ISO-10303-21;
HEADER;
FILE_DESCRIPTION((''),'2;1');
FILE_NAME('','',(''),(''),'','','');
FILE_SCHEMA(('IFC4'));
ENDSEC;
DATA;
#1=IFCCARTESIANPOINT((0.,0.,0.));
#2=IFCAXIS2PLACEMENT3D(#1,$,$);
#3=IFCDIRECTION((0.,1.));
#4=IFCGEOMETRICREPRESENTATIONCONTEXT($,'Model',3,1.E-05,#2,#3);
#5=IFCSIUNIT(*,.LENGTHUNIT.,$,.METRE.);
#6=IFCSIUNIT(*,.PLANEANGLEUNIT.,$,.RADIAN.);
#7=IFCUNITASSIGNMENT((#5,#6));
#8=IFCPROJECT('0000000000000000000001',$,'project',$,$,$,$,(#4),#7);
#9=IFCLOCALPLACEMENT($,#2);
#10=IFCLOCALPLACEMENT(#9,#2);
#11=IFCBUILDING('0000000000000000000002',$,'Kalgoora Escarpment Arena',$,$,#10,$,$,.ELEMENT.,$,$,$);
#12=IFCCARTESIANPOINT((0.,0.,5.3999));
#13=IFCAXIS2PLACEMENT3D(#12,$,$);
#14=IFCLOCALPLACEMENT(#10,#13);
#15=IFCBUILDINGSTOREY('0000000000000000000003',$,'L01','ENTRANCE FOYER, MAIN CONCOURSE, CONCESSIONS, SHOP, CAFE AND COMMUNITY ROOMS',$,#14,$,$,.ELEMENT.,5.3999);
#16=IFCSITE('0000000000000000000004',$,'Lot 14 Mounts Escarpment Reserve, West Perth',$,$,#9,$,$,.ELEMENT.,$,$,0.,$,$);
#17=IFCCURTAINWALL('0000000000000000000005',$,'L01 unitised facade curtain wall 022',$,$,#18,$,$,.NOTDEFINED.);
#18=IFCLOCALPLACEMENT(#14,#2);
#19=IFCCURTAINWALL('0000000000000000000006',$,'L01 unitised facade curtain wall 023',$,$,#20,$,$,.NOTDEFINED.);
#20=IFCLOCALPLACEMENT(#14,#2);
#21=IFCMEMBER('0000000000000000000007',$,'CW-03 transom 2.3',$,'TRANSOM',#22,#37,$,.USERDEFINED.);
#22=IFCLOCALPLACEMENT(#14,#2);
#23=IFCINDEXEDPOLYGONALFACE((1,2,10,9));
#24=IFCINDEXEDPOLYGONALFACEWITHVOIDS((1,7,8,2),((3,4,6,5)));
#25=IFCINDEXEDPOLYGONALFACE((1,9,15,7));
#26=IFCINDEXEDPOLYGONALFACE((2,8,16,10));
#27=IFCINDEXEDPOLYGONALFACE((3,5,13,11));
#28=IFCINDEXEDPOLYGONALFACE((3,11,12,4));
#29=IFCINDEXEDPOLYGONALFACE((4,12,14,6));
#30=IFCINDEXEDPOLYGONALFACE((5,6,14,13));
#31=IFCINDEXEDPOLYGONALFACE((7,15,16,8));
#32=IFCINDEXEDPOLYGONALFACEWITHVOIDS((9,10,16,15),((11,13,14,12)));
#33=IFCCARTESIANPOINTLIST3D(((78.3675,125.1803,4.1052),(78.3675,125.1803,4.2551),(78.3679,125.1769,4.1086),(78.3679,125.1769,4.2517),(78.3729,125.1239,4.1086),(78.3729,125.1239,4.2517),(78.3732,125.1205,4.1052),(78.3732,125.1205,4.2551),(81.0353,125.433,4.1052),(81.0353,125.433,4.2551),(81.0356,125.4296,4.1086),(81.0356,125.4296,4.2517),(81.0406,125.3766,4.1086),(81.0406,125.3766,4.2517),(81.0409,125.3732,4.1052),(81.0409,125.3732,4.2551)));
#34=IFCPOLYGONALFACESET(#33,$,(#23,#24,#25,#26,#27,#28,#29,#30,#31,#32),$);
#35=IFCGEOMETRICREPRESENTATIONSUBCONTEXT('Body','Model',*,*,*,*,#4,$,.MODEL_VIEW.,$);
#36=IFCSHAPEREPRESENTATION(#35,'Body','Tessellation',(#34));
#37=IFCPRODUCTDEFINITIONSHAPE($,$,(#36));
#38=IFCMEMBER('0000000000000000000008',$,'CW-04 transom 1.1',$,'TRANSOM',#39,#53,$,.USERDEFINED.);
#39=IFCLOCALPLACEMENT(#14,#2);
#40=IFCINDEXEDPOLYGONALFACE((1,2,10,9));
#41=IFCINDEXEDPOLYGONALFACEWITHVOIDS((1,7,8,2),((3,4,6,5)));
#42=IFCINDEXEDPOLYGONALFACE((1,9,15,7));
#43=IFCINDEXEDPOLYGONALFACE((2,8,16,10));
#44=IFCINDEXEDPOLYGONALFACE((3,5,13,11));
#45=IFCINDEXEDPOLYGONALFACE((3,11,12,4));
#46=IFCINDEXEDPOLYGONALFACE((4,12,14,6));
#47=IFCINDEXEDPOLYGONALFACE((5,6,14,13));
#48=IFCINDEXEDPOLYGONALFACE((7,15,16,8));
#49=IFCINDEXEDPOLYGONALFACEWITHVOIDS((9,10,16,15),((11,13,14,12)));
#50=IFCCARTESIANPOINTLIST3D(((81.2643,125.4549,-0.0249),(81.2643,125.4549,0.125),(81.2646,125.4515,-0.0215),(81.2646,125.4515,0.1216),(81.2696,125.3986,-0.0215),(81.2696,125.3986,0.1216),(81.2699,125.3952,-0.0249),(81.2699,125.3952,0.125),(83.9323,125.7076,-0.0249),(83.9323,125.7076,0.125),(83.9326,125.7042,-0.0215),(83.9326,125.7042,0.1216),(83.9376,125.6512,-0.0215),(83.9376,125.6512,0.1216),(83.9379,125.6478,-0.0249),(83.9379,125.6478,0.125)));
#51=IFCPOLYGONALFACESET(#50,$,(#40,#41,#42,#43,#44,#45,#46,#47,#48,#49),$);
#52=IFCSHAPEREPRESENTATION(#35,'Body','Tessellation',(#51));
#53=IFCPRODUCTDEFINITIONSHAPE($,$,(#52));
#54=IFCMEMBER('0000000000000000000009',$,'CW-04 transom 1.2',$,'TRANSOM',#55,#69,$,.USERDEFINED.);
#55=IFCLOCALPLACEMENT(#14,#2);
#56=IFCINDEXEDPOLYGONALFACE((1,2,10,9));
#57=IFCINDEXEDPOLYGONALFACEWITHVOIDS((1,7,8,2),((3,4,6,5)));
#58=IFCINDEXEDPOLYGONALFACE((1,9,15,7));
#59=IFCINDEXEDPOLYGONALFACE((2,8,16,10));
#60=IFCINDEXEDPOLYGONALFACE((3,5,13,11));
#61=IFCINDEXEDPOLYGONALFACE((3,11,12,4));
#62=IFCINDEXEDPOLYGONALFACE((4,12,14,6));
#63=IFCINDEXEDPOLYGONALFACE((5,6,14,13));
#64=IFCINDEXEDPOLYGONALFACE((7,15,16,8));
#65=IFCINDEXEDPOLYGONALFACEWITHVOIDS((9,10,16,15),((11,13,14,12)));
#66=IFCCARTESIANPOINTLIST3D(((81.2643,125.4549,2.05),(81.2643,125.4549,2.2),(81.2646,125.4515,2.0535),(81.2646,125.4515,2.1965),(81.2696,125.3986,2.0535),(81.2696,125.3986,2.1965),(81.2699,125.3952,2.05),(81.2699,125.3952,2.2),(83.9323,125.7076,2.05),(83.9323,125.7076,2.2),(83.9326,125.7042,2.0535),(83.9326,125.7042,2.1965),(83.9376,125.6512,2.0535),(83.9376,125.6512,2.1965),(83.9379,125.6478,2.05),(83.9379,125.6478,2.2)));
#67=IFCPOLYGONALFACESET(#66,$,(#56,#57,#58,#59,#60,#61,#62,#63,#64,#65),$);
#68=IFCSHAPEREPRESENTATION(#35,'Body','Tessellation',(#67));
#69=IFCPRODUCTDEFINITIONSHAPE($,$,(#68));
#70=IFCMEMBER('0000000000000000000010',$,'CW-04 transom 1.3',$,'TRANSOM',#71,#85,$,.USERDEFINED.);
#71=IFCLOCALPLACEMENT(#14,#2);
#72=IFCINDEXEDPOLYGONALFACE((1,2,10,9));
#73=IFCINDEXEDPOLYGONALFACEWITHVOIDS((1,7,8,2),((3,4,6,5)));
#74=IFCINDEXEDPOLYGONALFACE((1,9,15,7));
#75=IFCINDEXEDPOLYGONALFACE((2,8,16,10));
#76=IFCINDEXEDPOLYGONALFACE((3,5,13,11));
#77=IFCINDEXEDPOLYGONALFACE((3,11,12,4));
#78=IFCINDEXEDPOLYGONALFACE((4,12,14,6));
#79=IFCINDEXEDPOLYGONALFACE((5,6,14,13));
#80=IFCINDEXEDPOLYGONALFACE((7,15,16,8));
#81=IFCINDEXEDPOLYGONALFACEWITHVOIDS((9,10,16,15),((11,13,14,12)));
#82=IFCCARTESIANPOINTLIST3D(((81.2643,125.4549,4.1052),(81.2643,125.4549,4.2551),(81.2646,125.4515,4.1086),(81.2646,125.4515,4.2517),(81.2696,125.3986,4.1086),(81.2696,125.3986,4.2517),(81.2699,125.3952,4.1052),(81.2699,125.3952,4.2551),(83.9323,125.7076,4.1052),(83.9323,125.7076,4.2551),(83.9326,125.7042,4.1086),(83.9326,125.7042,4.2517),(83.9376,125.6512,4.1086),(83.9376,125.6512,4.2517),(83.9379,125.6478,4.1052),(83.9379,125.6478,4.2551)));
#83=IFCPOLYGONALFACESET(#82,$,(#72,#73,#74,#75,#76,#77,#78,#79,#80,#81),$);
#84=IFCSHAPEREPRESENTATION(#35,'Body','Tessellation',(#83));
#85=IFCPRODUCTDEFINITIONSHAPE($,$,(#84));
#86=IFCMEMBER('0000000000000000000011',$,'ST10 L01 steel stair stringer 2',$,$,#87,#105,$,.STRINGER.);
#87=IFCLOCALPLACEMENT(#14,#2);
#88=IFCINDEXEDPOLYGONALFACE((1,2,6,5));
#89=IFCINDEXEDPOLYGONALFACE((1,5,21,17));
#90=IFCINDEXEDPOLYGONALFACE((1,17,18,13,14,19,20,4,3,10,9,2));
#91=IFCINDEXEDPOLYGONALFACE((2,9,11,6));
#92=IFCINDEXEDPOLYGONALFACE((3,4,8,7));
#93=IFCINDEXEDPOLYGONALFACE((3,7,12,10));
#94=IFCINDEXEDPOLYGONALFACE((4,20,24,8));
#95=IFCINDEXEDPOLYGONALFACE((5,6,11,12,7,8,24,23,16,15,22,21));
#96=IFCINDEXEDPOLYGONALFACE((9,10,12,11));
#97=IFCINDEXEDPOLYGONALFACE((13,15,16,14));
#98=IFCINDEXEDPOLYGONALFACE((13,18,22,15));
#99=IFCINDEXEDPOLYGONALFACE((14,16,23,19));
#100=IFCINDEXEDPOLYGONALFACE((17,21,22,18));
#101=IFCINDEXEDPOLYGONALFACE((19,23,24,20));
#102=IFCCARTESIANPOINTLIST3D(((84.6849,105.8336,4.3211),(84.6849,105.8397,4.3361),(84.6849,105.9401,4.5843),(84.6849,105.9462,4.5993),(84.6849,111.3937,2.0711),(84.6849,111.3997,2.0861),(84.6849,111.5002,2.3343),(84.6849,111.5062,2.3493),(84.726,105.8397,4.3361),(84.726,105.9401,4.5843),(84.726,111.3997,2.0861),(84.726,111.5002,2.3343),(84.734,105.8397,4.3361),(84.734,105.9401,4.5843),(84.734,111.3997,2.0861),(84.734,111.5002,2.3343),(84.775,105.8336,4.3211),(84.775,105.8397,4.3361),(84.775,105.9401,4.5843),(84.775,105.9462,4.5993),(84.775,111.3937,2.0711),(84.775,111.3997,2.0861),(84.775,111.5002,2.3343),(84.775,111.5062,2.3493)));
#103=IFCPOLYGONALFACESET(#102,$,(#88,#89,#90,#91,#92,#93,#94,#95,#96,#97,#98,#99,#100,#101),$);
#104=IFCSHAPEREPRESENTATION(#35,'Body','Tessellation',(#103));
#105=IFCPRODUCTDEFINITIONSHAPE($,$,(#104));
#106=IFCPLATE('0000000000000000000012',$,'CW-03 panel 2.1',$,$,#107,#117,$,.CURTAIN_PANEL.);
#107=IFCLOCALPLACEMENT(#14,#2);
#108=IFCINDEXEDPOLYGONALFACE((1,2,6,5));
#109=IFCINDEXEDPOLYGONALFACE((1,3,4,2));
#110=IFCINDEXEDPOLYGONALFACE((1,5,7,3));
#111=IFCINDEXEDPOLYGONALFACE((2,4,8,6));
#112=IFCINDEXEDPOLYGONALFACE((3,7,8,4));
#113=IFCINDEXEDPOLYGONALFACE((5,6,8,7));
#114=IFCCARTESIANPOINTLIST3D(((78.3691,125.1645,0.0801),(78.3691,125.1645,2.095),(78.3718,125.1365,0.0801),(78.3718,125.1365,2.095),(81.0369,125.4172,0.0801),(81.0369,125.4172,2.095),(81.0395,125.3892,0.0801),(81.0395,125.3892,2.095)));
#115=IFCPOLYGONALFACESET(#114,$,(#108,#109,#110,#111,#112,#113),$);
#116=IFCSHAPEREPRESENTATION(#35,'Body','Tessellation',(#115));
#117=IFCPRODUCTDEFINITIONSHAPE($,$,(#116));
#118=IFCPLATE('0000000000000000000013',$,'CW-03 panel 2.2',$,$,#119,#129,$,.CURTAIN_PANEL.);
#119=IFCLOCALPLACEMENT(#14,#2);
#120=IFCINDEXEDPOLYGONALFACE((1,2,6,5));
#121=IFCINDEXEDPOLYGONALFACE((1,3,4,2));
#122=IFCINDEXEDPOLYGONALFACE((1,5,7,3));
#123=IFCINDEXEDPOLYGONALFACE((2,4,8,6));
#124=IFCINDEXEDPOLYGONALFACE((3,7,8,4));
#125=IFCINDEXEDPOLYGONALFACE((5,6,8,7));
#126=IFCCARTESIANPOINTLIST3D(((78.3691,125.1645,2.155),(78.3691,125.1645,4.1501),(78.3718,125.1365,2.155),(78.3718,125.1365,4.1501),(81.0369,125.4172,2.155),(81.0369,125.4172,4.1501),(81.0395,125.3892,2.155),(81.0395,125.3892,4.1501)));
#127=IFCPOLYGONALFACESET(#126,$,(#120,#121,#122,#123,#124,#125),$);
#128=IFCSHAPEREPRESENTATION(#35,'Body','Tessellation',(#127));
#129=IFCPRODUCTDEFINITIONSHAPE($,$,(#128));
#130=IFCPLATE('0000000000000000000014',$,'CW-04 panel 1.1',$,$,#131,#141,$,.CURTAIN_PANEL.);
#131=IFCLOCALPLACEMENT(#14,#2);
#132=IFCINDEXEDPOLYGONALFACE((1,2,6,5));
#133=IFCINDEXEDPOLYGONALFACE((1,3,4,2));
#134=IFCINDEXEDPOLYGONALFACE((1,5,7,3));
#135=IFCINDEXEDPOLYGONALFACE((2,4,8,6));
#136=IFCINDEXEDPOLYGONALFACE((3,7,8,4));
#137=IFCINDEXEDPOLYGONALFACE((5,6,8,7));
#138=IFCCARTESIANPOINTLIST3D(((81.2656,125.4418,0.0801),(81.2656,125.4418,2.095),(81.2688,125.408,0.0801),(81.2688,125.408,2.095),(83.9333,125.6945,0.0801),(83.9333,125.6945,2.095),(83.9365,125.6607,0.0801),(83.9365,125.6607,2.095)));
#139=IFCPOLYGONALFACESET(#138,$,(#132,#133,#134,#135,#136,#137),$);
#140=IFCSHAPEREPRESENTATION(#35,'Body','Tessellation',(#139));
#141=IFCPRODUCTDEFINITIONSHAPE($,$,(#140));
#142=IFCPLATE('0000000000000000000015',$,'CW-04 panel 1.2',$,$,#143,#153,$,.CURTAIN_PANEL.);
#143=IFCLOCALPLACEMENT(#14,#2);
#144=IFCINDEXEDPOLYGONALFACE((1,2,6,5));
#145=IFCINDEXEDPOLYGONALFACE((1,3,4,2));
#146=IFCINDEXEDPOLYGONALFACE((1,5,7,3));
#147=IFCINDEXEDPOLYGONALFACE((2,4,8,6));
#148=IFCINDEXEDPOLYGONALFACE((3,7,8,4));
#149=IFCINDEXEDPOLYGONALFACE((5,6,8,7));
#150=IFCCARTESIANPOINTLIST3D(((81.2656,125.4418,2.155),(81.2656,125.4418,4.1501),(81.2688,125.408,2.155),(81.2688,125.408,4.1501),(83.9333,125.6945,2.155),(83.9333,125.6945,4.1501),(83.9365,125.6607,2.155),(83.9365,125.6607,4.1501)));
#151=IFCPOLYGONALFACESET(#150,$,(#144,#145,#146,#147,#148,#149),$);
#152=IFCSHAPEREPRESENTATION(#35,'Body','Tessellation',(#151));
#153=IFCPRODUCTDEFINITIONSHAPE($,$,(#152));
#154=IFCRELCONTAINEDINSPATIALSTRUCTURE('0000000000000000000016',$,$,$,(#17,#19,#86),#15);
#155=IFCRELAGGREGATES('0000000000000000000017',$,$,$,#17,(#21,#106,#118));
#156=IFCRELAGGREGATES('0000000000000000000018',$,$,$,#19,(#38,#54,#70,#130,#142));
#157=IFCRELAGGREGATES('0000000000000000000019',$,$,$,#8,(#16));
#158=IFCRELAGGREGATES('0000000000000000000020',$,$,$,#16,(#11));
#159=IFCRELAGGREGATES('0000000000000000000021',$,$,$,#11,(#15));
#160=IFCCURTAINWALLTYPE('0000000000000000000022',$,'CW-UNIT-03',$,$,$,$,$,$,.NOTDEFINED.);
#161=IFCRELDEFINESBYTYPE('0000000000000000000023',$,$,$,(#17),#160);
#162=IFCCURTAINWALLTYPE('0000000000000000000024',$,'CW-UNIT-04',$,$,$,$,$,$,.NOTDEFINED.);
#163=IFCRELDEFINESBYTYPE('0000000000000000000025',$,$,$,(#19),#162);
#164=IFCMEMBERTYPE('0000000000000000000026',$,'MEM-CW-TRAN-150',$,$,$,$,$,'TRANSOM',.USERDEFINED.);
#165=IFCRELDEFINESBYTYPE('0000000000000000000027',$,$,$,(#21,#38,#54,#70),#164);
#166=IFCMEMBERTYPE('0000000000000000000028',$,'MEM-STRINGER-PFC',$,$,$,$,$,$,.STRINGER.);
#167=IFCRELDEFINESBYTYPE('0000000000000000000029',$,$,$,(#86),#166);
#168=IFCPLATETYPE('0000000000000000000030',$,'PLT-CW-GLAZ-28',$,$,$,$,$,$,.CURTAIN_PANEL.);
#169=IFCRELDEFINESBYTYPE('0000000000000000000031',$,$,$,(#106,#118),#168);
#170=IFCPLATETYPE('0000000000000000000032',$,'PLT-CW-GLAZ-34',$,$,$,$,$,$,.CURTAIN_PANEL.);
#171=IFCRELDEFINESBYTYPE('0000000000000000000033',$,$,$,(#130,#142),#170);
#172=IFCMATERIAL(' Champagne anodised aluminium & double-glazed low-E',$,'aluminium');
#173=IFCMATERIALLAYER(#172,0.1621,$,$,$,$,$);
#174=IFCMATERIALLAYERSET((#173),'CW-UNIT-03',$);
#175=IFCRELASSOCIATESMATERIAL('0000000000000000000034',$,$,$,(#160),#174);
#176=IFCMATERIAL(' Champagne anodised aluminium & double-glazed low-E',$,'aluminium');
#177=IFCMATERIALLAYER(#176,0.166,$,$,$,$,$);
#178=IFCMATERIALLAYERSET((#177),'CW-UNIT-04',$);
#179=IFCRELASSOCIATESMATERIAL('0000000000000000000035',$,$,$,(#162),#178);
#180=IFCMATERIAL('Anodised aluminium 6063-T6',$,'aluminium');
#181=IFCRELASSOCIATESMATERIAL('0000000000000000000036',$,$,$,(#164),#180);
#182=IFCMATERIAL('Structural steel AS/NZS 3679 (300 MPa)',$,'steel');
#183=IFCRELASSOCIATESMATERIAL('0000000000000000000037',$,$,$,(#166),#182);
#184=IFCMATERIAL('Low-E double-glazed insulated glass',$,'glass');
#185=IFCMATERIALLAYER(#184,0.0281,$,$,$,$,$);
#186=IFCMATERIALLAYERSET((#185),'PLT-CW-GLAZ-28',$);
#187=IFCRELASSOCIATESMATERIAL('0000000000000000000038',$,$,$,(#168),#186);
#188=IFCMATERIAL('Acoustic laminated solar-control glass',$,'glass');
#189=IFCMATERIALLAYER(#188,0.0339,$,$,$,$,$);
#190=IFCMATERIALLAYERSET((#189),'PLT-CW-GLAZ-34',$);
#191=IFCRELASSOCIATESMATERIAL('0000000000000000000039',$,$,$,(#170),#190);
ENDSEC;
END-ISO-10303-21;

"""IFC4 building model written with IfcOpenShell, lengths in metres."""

from ifc_helpers import new_model, si_unit, direction, frame, origin, origin_2d, place, context, subcontext, project, spatial, rectangle, hollow_rectangle, i_section, extrude, material, layer, layer_set, material_profile, profile_set, type_object, element, aggregate, save


model = new_model("IFC4")

# Units and contexts
model_context = context("Model", 3, precision=1e-05, world=origin(), true_north=direction((0.0, 1.0)))
body_context = subcontext(model_context, "Body", "Model", "MODEL_VIEW")
ifc_project = project(units=[si_unit("LENGTHUNIT", "METRE"), si_unit("PLANEANGLEUNIT", "RADIAN")], contexts=[model_context])

# Site, building, storey
site_placement = place(None, origin())
site = spatial("IfcSite", under=ifc_project, at=site_placement, Name="Lot 14 Mounts Escarpment Reserve, West Perth", CompositionType="ELEMENT", RefElevation=0.0)
building_placement = place(site_placement, origin())
building = spatial("IfcBuilding", under=site, at=building_placement, Name="Kalgoora Escarpment Arena", CompositionType="ELEMENT")
storey_placement = place(building_placement, frame((0.0, 0.0, 5.3999)))
storey = spatial("IfcBuildingStorey", under=building, at=storey_placement, Name="L01", Description="ENTRANCE FOYER, MAIN CONCOURSE, CONCESSIONS, SHOP, CAFE AND COMMUNITY ROOMS", CompositionType="ELEMENT", Elevation=5.3999)

# Curtain walls
ifc_material_1 = material(Name=" Champagne anodised aluminium & double-glazed low-E", Category="aluminium")
ifc_layer_1 = layer(ifc_material_1, 0.1621)
ifc_layer_set_1 = layer_set([ifc_layer_1], Name="CW-UNIT-03")
curtain_wall_type_1 = type_object("IfcCurtainWallType", Name="CW-UNIT-03", PredefinedType="NOTDEFINED", material=ifc_layer_set_1)
curtain_wall_1_placement = place(storey_placement, origin())
curtain_wall_1 = element("IfcCurtainWall", 1, at=curtain_wall_1_placement, inside=storey, type_object=curtain_wall_type_1, Name="L01 unitised facade curtain wall 022", PredefinedType="NOTDEFINED")
ifc_material_2 = material(Name=" Champagne anodised aluminium & double-glazed low-E", Category="aluminium")
ifc_layer_2 = layer(ifc_material_2, 0.166)
ifc_layer_set_2 = layer_set([ifc_layer_2], Name="CW-UNIT-04")
curtain_wall_type_2 = type_object("IfcCurtainWallType", Name="CW-UNIT-04", PredefinedType="NOTDEFINED", material=ifc_layer_set_2)
curtain_wall_2_placement = place(storey_placement, origin())
curtain_wall_2 = element("IfcCurtainWall", 2, at=curtain_wall_2_placement, inside=storey, type_object=curtain_wall_type_2, Name="L01 unitised facade curtain wall 023", PredefinedType="NOTDEFINED")

# Members
ifc_material_3 = material(Name="Anodised aluminium 6063-T6", Category="aluminium")
ifc_material_profile_1 = material_profile(ifc_material_3, hollow_rectangle(XDim=0.0601, YDim=0.1499, WallThickness=0.0034, at=origin_2d()))
ifc_profile_set_1 = profile_set([ifc_material_profile_1], Name="Anodised aluminium 6063-T6")
member_type_1 = type_object("IfcMemberType", Name="MEM-CW-TRAN-150", ElementType="TRANSOM", PredefinedType="USERDEFINED", material=ifc_profile_set_1)
member_1_placement = place(storey_placement, frame((78.3704, 125.1504, 4.1802), z_axis=(0.995544, 0.094297, 0.0), x_axis=(-0.094297, 0.995544, 0.0)))
member_1 = element("IfcMember", 3, at=member_1_placement, type_object=member_type_1, Name="CW-03 transom 2.3", ObjectType="TRANSOM", PredefinedType="USERDEFINED", context=body_context, shape_type="SweptSolid", body=[
    extrude(hollow_rectangle(XDim=0.0601, YDim=0.1499, WallThickness=0.0034, at=origin_2d()), origin(), (0.0, 0.0, 1.0), 2.6797),
])
member_2_placement = place(storey_placement, frame((81.2671, 125.425, 0.05), z_axis=(0.995545, 0.094289, 0.0), x_axis=(-0.094289, 0.995545, 0.0)))
member_2 = element("IfcMember", 4, at=member_2_placement, type_object=member_type_1, Name="CW-04 transom 1.1", ObjectType="TRANSOM", PredefinedType="USERDEFINED", context=body_context, shape_type="SweptSolid", body=[
    extrude(hollow_rectangle(XDim=0.0601, YDim=0.1499, WallThickness=0.0034, at=origin_2d()), origin(), (0.0, 0.0, 1.0), 2.6799),
])
member_3_placement = place(storey_placement, frame((81.2671, 125.425, 2.125), z_axis=(0.995545, 0.094289, 0.0), x_axis=(-0.094289, 0.995545, 0.0)))
member_3 = element("IfcMember", 5, at=member_3_placement, type_object=member_type_1, Name="CW-04 transom 1.2", ObjectType="TRANSOM", PredefinedType="USERDEFINED", context=body_context, shape_type="SweptSolid", body=[
    extrude(hollow_rectangle(XDim=0.0601, YDim=0.1499, WallThickness=0.0034, at=origin_2d()), origin(), (0.0, 0.0, 1.0), 2.6799),
])
member_4_placement = place(storey_placement, frame((81.2671, 125.425, 4.1802), z_axis=(0.995545, 0.094289, 0.0), x_axis=(-0.094289, 0.995545, 0.0)))
member_4 = element("IfcMember", 6, at=member_4_placement, type_object=member_type_1, Name="CW-04 transom 1.3", ObjectType="TRANSOM", PredefinedType="USERDEFINED", context=body_context, shape_type="SweptSolid", body=[
    extrude(hollow_rectangle(XDim=0.0601, YDim=0.1499, WallThickness=0.0034, at=origin_2d()), origin(), (0.0, 0.0, 1.0), 2.6799),
])
ifc_material_4 = material(Name="Structural steel AS/NZS 3679 (300 MPa)", Category="steel")
ifc_material_profile_2 = material_profile(ifc_material_4, i_section(OverallWidth=0.0901, OverallDepth=0.3, WebThickness=0.0081, FlangeThickness=0.0161, at=origin_2d()))
ifc_profile_set_2 = profile_set([ifc_material_profile_2], Name="Structural steel AS/NZS 3679 (300 MPa)")
member_type_2 = type_object("IfcMemberType", Name="MEM-STRINGER-PFC", PredefinedType="STRINGER", material=ifc_profile_set_2)
member_5_placement = place(storey_placement, frame((84.73, 111.45, 2.2102), z_axis=(0.0, -0.926976, 0.375121), x_axis=(1.0, 0.0, 0.0)))
element("IfcMember", 7, at=member_5_placement, inside=storey, type_object=member_type_2, Name="ST10 L01 steel stair stringer 2", PredefinedType="STRINGER", context=body_context, shape_type="SweptSolid", body=[
    extrude(i_section(OverallWidth=0.0901, OverallDepth=0.3, WebThickness=0.0081, FlangeThickness=0.0161, at=origin_2d()), origin(), (0.0, 0.0, 1.0), 5.998),
])

# Plates
ifc_material_5 = material(Name="Low-E double-glazed insulated glass", Category="glass")
ifc_layer_3 = layer(ifc_material_5, 0.0281)
ifc_layer_set_3 = layer_set([ifc_layer_3], Name="PLT-CW-GLAZ-28")
plate_type_1 = type_object("IfcPlateType", Name="PLT-CW-GLAZ-28", PredefinedType="CURTAIN_PANEL", material=ifc_layer_set_3)
plate_1_placement = place(storey_placement, frame((79.7043, 125.2769, 0.0801), z_axis=(0.0, 0.0, 1.0), x_axis=(0.995544, 0.094301, 0.0)))
plate_1 = element("IfcPlate", 8, at=plate_1_placement, type_object=plate_type_1, Name="CW-03 panel 2.1", PredefinedType="CURTAIN_PANEL", context=body_context, shape_type="SweptSolid", body=[
    extrude(rectangle(XDim=2.6797, YDim=0.0281, at=origin_2d()), origin(), (0.0, 0.0, 1.0), 2.0149),
])
plate_2_placement = place(storey_placement, frame((79.7043, 125.2769, 2.155), z_axis=(0.0, 0.0, 1.0), x_axis=(0.995544, 0.094301, 0.0)))
plate_2 = element("IfcPlate", 9, at=plate_2_placement, type_object=plate_type_1, Name="CW-03 panel 2.2", PredefinedType="CURTAIN_PANEL", context=body_context, shape_type="SweptSolid", body=[
    extrude(rectangle(XDim=2.6797, YDim=0.0281, at=origin_2d()), origin(), (0.0, 0.0, 1.0), 1.9951),
])
aggregate(curtain_wall_1, [member_1, plate_1, plate_2])
ifc_material_6 = material(Name="Acoustic laminated solar-control glass", Category="glass")
ifc_layer_4 = layer(ifc_material_6, 0.0339)
ifc_layer_set_4 = layer_set([ifc_layer_4], Name="PLT-CW-GLAZ-34")
plate_type_2 = type_object("IfcPlateType", Name="PLT-CW-GLAZ-34", PredefinedType="CURTAIN_PANEL", material=ifc_layer_set_4)
plate_3_placement = place(storey_placement, frame((82.6011, 125.5513, 0.0801), z_axis=(0.0, 0.0, 1.0), x_axis=(0.995544, 0.094301, 0.0)))
plate_3 = element("IfcPlate", 10, at=plate_3_placement, type_object=plate_type_2, Name="CW-04 panel 1.1", PredefinedType="CURTAIN_PANEL", context=body_context, shape_type="SweptSolid", body=[
    extrude(rectangle(XDim=2.6797, YDim=0.0339, at=origin_2d()), origin(), (0.0, 0.0, 1.0), 2.0149),
])
plate_4_placement = place(storey_placement, frame((82.6011, 125.5513, 2.155), z_axis=(0.0, 0.0, 1.0), x_axis=(0.995544, 0.094301, 0.0)))
plate_4 = element("IfcPlate", 11, at=plate_4_placement, type_object=plate_type_2, Name="CW-04 panel 1.2", PredefinedType="CURTAIN_PANEL", context=body_context, shape_type="SweptSolid", body=[
    extrude(rectangle(XDim=2.6797, YDim=0.0339, at=origin_2d()), origin(), (0.0, 0.0, 1.0), 1.9951),
])
aggregate(curtain_wall_2, [member_2, member_3, member_4, plate_3, plate_4])

save(model, "model.ifc")
